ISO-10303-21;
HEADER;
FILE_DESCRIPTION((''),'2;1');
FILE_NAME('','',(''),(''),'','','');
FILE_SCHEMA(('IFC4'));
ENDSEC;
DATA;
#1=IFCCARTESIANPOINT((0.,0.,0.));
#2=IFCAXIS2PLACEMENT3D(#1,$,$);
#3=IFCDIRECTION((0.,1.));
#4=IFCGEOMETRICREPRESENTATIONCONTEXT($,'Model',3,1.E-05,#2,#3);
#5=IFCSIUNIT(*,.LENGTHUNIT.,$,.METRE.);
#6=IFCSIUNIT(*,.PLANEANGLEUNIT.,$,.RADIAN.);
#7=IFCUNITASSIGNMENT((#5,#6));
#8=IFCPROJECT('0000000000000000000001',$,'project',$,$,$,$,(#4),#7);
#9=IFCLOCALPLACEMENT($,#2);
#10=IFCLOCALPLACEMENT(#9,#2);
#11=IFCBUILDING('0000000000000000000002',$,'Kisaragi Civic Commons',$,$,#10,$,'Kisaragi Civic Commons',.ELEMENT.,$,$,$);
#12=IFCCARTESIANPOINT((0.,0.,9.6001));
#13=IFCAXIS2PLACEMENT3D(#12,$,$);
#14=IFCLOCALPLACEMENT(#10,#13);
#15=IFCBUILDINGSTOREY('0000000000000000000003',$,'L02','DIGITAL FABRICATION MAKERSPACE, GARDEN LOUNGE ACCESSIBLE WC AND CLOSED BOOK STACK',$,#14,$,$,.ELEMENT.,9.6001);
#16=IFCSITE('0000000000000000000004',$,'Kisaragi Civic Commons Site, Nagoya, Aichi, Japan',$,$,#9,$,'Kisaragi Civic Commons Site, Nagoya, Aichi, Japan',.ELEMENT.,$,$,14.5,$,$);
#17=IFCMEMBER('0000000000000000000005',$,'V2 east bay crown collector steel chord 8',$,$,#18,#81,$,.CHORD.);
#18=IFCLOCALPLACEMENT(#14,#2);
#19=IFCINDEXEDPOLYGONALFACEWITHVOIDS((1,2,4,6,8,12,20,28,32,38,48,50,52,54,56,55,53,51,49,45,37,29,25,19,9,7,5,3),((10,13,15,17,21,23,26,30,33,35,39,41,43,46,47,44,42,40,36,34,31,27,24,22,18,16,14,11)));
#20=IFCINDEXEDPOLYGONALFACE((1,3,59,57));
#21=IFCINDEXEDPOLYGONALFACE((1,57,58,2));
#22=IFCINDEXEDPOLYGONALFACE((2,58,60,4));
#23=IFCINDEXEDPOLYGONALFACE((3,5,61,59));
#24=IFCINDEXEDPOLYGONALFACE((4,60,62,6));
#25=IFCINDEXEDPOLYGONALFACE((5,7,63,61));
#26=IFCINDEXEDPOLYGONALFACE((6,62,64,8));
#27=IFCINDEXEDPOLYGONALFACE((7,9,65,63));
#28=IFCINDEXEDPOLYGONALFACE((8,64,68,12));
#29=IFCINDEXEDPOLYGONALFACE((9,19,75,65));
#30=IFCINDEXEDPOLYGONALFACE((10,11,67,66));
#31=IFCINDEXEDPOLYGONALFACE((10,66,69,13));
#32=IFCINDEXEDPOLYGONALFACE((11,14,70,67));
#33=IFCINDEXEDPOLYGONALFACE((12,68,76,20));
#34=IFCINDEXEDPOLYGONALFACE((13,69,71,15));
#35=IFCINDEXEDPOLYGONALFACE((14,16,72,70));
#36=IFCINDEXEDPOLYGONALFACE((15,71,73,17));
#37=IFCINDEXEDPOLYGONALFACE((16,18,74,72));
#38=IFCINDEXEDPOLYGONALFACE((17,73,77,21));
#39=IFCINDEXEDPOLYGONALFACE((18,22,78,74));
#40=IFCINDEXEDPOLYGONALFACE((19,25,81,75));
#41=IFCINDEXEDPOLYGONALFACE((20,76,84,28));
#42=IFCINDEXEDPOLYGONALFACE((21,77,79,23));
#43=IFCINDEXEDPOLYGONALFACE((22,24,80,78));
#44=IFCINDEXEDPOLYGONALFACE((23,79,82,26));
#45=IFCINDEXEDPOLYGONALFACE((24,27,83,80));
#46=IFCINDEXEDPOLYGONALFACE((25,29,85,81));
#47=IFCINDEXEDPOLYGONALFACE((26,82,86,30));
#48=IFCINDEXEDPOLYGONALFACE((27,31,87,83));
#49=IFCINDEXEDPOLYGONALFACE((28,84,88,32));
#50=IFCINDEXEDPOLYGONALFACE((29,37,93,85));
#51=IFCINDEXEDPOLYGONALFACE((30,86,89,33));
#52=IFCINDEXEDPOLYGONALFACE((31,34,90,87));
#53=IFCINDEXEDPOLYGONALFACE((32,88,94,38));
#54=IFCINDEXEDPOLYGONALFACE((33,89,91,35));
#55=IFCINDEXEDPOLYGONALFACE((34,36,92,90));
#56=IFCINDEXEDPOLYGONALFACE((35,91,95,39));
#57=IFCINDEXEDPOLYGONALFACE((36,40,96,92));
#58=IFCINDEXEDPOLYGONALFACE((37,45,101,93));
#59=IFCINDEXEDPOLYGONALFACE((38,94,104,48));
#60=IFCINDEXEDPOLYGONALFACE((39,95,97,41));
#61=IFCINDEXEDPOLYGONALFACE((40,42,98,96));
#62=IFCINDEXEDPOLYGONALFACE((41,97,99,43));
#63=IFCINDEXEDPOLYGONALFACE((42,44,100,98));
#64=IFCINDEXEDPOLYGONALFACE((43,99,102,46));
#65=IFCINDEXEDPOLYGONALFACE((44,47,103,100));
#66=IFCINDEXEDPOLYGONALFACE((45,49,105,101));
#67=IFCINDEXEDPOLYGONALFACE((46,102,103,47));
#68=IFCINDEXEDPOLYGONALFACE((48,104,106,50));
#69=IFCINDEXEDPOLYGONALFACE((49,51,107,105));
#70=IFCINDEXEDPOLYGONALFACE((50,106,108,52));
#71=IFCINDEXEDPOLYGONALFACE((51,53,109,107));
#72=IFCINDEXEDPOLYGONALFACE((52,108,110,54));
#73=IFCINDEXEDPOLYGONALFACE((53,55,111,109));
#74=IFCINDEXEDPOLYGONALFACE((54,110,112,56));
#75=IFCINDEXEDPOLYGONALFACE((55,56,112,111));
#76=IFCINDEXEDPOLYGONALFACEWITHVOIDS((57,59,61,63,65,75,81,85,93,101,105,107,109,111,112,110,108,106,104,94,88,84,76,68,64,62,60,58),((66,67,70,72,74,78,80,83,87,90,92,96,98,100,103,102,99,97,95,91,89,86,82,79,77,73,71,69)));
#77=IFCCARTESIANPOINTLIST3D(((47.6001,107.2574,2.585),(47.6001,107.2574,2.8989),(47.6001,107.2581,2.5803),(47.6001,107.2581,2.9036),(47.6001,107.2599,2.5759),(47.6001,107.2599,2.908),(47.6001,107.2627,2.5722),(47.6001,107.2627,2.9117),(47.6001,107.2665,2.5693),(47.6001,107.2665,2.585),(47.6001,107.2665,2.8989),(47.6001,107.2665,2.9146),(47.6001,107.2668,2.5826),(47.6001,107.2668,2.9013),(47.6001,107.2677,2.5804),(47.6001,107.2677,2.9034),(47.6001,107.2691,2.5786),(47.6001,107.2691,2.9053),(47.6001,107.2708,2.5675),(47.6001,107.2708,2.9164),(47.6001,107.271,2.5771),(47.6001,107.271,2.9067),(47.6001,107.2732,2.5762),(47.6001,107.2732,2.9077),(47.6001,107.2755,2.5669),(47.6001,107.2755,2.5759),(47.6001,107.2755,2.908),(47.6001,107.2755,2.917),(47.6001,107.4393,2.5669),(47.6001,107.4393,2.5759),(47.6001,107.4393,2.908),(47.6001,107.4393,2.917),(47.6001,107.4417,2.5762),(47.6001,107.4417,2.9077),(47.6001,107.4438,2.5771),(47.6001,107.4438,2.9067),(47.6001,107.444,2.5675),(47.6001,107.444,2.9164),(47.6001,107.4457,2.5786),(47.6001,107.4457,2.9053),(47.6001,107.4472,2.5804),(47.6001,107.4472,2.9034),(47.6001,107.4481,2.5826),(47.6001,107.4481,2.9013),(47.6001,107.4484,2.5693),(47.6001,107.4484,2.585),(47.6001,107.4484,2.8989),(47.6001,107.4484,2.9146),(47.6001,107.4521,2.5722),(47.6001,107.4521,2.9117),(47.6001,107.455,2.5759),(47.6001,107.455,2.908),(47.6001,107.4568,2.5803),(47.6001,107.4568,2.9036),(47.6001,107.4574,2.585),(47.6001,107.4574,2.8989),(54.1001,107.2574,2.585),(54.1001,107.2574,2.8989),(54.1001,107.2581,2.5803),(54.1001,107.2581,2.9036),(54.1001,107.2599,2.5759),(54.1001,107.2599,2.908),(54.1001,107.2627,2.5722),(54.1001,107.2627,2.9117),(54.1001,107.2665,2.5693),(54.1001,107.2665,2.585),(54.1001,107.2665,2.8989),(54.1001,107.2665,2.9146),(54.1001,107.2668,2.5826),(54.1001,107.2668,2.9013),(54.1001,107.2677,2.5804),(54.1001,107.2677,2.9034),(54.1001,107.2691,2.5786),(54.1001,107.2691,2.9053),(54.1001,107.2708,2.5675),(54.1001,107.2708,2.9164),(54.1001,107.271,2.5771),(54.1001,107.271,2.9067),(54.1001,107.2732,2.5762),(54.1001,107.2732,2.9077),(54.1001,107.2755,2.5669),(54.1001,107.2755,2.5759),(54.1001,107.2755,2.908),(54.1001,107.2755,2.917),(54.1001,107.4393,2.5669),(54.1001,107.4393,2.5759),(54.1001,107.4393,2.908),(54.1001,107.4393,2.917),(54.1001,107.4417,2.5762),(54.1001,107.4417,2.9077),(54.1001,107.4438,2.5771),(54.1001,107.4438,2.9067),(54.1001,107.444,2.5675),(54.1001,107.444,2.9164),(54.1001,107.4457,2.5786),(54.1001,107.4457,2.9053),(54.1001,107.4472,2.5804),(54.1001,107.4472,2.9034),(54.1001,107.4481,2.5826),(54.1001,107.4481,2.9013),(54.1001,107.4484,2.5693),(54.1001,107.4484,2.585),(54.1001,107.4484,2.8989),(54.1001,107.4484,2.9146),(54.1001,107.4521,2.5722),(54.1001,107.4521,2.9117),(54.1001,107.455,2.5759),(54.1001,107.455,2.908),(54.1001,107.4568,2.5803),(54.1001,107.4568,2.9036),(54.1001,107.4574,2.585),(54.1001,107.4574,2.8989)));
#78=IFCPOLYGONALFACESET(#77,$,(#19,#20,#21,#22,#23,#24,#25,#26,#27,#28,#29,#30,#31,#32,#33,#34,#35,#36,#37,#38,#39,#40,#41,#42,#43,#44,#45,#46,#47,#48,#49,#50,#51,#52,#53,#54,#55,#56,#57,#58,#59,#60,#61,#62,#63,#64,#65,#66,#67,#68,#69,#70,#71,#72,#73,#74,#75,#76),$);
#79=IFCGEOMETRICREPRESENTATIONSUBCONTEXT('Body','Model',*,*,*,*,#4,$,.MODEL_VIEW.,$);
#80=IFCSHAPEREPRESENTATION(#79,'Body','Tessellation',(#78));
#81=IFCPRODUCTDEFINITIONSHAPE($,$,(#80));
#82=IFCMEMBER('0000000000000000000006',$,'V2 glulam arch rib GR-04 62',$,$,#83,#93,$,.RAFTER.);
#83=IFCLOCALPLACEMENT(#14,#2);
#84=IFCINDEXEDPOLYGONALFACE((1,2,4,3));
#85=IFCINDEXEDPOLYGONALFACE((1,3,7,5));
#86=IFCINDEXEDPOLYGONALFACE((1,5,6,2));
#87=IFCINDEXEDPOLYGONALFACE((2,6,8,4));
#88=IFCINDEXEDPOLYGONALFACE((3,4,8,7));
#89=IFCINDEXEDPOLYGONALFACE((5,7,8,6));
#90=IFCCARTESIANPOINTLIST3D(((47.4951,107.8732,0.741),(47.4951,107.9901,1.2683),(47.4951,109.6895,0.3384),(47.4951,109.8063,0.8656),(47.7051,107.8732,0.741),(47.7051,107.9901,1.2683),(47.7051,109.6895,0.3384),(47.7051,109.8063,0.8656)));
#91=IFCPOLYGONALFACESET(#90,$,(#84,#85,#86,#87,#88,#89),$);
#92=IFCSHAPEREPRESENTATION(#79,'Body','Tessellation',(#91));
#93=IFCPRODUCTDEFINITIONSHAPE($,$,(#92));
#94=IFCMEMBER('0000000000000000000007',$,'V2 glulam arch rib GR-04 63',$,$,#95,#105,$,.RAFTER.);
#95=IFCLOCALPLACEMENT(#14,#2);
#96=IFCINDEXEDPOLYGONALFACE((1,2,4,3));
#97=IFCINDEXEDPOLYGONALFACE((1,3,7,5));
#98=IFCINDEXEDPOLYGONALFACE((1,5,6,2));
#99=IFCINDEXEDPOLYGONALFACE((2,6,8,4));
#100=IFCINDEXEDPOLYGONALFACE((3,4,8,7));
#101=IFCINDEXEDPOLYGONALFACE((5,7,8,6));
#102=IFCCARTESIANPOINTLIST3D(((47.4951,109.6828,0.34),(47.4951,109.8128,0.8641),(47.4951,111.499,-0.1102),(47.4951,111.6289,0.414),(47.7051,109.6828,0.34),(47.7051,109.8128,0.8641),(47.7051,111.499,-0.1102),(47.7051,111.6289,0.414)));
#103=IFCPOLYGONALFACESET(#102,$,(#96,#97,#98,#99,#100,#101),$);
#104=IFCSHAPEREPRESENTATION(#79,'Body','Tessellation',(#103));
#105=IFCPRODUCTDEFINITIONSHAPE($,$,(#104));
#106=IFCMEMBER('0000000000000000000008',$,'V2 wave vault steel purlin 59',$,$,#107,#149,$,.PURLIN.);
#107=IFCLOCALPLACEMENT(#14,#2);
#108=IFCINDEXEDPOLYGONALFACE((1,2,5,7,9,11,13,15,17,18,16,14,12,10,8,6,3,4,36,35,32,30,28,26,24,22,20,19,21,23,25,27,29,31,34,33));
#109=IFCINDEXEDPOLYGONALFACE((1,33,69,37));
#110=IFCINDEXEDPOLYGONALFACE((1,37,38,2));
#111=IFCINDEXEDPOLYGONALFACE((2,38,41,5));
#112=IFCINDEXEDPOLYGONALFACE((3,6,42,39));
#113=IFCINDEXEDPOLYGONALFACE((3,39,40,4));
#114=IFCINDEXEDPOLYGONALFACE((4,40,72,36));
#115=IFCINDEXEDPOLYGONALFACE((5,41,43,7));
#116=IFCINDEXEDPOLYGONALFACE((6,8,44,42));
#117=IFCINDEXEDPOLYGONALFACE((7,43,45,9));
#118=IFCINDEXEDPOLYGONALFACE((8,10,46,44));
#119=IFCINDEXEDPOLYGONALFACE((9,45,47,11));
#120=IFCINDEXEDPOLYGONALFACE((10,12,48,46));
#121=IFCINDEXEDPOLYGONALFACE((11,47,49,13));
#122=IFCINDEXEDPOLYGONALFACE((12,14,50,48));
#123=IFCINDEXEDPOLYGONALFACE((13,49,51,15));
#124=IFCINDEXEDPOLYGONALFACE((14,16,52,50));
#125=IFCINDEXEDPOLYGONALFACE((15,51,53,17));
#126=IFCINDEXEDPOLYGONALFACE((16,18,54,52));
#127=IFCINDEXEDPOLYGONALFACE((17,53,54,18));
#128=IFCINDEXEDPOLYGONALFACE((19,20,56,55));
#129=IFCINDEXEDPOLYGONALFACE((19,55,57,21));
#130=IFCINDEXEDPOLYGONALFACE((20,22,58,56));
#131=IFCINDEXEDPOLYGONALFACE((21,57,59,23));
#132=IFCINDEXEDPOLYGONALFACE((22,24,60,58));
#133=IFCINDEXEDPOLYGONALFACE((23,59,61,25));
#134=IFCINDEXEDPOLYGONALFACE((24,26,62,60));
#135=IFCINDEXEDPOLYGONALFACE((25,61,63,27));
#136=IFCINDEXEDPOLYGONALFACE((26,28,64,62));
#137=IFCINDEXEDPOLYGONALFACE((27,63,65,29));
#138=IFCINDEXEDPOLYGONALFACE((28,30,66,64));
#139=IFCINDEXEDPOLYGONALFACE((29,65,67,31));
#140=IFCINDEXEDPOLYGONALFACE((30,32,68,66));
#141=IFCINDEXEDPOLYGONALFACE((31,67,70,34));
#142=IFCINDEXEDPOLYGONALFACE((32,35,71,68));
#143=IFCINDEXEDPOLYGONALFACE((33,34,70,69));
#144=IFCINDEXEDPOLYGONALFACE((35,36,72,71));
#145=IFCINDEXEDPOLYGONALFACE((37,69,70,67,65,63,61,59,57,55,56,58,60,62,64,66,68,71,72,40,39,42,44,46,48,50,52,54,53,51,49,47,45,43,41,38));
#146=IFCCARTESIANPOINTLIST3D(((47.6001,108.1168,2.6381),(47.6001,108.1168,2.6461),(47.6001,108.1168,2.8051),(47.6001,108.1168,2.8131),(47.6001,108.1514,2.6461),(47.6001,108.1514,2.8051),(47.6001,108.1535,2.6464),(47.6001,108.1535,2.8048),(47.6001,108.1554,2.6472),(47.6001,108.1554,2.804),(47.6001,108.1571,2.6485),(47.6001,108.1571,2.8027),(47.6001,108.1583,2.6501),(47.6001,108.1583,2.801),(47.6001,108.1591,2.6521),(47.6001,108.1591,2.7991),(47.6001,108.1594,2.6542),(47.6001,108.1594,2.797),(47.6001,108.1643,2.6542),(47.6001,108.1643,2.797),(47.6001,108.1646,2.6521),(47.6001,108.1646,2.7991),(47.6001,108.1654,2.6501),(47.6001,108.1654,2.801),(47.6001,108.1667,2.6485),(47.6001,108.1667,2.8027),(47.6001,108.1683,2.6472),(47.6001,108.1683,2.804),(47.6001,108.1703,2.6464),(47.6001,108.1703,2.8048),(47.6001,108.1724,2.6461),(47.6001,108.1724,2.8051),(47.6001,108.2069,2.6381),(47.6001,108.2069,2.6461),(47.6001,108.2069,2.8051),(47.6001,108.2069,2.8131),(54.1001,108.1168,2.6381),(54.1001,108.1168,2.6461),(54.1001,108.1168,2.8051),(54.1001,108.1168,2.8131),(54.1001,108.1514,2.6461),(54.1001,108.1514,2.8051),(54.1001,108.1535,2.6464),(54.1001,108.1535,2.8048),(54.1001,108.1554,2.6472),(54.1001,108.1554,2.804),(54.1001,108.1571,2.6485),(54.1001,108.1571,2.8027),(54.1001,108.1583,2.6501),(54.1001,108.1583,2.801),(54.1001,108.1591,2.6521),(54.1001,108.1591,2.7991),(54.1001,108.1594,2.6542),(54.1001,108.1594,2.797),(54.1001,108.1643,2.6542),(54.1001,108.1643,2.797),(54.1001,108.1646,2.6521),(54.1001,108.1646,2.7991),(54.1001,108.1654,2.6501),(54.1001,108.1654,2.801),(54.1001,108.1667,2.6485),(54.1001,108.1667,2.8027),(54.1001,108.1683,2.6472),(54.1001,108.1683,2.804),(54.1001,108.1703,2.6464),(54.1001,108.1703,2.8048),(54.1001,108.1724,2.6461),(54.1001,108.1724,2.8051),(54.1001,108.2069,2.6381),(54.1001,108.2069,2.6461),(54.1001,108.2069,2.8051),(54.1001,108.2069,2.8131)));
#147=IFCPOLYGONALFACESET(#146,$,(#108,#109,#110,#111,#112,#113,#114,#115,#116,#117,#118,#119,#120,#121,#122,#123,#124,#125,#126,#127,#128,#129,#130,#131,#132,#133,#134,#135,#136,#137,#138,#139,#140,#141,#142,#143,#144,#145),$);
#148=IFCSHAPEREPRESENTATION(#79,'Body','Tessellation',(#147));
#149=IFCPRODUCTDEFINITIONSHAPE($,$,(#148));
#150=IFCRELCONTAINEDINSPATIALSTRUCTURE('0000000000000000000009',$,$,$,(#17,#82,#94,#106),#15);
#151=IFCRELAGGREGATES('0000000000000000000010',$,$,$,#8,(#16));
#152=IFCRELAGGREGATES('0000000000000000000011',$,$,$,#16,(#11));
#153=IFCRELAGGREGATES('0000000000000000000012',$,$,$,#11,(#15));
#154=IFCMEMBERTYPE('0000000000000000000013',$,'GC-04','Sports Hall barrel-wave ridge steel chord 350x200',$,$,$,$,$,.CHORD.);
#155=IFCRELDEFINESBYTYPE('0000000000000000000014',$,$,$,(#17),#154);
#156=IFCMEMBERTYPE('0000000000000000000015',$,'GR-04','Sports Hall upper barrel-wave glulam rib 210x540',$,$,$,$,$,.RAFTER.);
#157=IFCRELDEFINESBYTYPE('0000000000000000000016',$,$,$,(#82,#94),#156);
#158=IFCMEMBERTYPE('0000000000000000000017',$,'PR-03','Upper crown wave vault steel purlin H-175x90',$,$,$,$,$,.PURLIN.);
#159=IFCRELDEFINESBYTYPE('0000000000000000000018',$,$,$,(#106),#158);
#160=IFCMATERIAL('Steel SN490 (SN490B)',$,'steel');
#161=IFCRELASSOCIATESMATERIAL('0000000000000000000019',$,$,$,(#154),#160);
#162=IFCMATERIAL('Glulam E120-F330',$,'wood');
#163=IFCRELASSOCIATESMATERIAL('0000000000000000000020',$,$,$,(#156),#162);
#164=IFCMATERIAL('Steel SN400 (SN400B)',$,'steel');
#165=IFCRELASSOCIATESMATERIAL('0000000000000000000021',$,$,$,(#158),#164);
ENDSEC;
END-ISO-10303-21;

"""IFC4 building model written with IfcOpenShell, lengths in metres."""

from ifc_helpers import new_model, si_unit, direction, frame, origin, origin_2d, place, context, subcontext, project, spatial, rectangle, hollow_rectangle, i_section, extrude, material, material_profile, profile_set, type_object, element, save


model = new_model("IFC4")

# Units and contexts
model_context = context("Model", 3, precision=1e-05, world=origin(), true_north=direction((0.0, 1.0)))
body_context = subcontext(model_context, "Body", "Model", "MODEL_VIEW")
ifc_project = project(units=[si_unit("LENGTHUNIT", "METRE"), si_unit("PLANEANGLEUNIT", "RADIAN")], contexts=[model_context])

# Site, building, storey
site_placement = place(None, origin())
site = spatial("IfcSite", under=ifc_project, at=site_placement, Name="Kisaragi Civic Commons Site, Nagoya, Aichi, Japan", LongName="Kisaragi Civic Commons Site, Nagoya, Aichi, Japan", CompositionType="ELEMENT", RefElevation=14.5)
building_placement = place(site_placement, origin())
building = spatial("IfcBuilding", under=site, at=building_placement, Name="Kisaragi Civic Commons", LongName="Kisaragi Civic Commons", CompositionType="ELEMENT")
storey_placement = place(building_placement, frame((0.0, 0.0, 9.6001)))
storey = spatial("IfcBuildingStorey", under=building, at=storey_placement, Name="L02", Description="DIGITAL FABRICATION MAKERSPACE, GARDEN LOUNGE ACCESSIBLE WC AND CLOSED BOOK STACK", CompositionType="ELEMENT", Elevation=9.6001)

# Members
ifc_material_1 = material(Name="Steel SN400 (SN400B)", Category="steel")
ifc_material_2 = material(Name="Steel SN490 (SN490B)", Category="steel")
ifc_material_profile_1 = material_profile(ifc_material_2, hollow_rectangle(XDim=0.2, YDim=0.3501, WallThickness=0.009, InnerFilletRadius=0.009, OuterFilletRadius=0.0181, at=origin_2d()), Name="STKR-350x200x9", Category="steel")
ifc_profile_set_1 = profile_set([ifc_material_profile_1], Name="Steel SN490 (SN490B)")
member_type_1 = type_object("IfcMemberType", Name="GC-04", Description="Sports Hall barrel-wave ridge steel chord 350x200", PredefinedType="CHORD", material=ifc_profile_set_1)
member_1_placement = place(storey_placement, frame((47.6001, 107.3574, 2.7419), z_axis=(1.0, 0.0, 0.0), x_axis=(0.0, 1.0, 0.0)))
element("IfcMember", 1, at=member_1_placement, inside=storey, type_object=member_type_1, Name="V2 east bay crown collector steel chord 8", PredefinedType="CHORD", context=body_context, shape_type="SweptSolid", body=[
    extrude(hollow_rectangle(XDim=0.2, YDim=0.3501, WallThickness=0.009, InnerFilletRadius=0.009, OuterFilletRadius=0.0181, at=origin_2d()), origin(), (0.0, 0.0, 1.0), 6.5),
])
ifc_material_3 = material(Name="Glulam E120-F330", Category="wood")
ifc_material_profile_2 = material_profile(ifc_material_3, rectangle(XDim=0.21, YDim=0.54, at=origin_2d()), Name="GL-210x540", Category="wood")
ifc_profile_set_2 = profile_set([ifc_material_profile_2], Name="Glulam E120-F330")
member_type_2 = type_object("IfcMemberType", Name="GR-04", Description="Sports Hall upper barrel-wave glulam rib 210x540", PredefinedType="RAFTER", material=ifc_profile_set_2)
member_2_placement = place(storey_placement, frame((47.6001, 107.9316, 1.0046), z_axis=(0.0, 0.976301, -0.216416), x_axis=(-1.0, 0.0, 0.0)))
element("IfcMember", 2, at=member_2_placement, inside=storey, type_object=member_type_2, Name="V2 glulam arch rib GR-04 62", PredefinedType="RAFTER", context=body_context, shape_type="SweptSolid", body=[
    extrude(rectangle(XDim=0.21, YDim=0.54, at=origin_2d()), origin(), (0.0, 0.0, 1.0), 1.8604),
])
member_3_placement = place(storey_placement, frame((47.6001, 109.7478, 0.6021), z_axis=(0.0, 0.970624, -0.240601), x_axis=(-1.0, 0.0, 0.0)))
element("IfcMember", 3, at=member_3_placement, inside=storey, type_object=member_type_2, Name="V2 glulam arch rib GR-04 63", PredefinedType="RAFTER", context=body_context, shape_type="SweptSolid", body=[
    extrude(rectangle(XDim=0.21, YDim=0.54, at=origin_2d()), origin(), (0.0, 0.0, 1.0), 1.8711),
])
ifc_material_profile_3 = material_profile(ifc_material_1, i_section(OverallWidth=0.0901, OverallDepth=0.175, WebThickness=0.0049, FlangeThickness=0.0081, FilletRadius=0.0081, at=origin_2d()), Name="H-175x90x5x8", Category="steel")
ifc_profile_set_3 = profile_set([ifc_material_profile_3], Name="Steel SN400 (SN400B)")
member_type_3 = type_object("IfcMemberType", Name="PR-03", Description="Upper crown wave vault steel purlin H-175x90", PredefinedType="PURLIN", material=ifc_profile_set_3)
member_4_placement = place(storey_placement, frame((47.6001, 108.1619, 2.7256), z_axis=(1.0, 0.0, 0.0), x_axis=(0.0, 1.0, 0.0)))
element("IfcMember", 4, at=member_4_placement, inside=storey, type_object=member_type_3, Name="V2 wave vault steel purlin 59", PredefinedType="PURLIN", context=body_context, shape_type="SweptSolid", body=[
    extrude(i_section(OverallWidth=0.0901, OverallDepth=0.175, WebThickness=0.0049, FlangeThickness=0.0081, FilletRadius=0.0081, at=origin_2d()), origin(), (0.0, 0.0, 1.0), 6.5),
])

save(model, "model.ifc")
